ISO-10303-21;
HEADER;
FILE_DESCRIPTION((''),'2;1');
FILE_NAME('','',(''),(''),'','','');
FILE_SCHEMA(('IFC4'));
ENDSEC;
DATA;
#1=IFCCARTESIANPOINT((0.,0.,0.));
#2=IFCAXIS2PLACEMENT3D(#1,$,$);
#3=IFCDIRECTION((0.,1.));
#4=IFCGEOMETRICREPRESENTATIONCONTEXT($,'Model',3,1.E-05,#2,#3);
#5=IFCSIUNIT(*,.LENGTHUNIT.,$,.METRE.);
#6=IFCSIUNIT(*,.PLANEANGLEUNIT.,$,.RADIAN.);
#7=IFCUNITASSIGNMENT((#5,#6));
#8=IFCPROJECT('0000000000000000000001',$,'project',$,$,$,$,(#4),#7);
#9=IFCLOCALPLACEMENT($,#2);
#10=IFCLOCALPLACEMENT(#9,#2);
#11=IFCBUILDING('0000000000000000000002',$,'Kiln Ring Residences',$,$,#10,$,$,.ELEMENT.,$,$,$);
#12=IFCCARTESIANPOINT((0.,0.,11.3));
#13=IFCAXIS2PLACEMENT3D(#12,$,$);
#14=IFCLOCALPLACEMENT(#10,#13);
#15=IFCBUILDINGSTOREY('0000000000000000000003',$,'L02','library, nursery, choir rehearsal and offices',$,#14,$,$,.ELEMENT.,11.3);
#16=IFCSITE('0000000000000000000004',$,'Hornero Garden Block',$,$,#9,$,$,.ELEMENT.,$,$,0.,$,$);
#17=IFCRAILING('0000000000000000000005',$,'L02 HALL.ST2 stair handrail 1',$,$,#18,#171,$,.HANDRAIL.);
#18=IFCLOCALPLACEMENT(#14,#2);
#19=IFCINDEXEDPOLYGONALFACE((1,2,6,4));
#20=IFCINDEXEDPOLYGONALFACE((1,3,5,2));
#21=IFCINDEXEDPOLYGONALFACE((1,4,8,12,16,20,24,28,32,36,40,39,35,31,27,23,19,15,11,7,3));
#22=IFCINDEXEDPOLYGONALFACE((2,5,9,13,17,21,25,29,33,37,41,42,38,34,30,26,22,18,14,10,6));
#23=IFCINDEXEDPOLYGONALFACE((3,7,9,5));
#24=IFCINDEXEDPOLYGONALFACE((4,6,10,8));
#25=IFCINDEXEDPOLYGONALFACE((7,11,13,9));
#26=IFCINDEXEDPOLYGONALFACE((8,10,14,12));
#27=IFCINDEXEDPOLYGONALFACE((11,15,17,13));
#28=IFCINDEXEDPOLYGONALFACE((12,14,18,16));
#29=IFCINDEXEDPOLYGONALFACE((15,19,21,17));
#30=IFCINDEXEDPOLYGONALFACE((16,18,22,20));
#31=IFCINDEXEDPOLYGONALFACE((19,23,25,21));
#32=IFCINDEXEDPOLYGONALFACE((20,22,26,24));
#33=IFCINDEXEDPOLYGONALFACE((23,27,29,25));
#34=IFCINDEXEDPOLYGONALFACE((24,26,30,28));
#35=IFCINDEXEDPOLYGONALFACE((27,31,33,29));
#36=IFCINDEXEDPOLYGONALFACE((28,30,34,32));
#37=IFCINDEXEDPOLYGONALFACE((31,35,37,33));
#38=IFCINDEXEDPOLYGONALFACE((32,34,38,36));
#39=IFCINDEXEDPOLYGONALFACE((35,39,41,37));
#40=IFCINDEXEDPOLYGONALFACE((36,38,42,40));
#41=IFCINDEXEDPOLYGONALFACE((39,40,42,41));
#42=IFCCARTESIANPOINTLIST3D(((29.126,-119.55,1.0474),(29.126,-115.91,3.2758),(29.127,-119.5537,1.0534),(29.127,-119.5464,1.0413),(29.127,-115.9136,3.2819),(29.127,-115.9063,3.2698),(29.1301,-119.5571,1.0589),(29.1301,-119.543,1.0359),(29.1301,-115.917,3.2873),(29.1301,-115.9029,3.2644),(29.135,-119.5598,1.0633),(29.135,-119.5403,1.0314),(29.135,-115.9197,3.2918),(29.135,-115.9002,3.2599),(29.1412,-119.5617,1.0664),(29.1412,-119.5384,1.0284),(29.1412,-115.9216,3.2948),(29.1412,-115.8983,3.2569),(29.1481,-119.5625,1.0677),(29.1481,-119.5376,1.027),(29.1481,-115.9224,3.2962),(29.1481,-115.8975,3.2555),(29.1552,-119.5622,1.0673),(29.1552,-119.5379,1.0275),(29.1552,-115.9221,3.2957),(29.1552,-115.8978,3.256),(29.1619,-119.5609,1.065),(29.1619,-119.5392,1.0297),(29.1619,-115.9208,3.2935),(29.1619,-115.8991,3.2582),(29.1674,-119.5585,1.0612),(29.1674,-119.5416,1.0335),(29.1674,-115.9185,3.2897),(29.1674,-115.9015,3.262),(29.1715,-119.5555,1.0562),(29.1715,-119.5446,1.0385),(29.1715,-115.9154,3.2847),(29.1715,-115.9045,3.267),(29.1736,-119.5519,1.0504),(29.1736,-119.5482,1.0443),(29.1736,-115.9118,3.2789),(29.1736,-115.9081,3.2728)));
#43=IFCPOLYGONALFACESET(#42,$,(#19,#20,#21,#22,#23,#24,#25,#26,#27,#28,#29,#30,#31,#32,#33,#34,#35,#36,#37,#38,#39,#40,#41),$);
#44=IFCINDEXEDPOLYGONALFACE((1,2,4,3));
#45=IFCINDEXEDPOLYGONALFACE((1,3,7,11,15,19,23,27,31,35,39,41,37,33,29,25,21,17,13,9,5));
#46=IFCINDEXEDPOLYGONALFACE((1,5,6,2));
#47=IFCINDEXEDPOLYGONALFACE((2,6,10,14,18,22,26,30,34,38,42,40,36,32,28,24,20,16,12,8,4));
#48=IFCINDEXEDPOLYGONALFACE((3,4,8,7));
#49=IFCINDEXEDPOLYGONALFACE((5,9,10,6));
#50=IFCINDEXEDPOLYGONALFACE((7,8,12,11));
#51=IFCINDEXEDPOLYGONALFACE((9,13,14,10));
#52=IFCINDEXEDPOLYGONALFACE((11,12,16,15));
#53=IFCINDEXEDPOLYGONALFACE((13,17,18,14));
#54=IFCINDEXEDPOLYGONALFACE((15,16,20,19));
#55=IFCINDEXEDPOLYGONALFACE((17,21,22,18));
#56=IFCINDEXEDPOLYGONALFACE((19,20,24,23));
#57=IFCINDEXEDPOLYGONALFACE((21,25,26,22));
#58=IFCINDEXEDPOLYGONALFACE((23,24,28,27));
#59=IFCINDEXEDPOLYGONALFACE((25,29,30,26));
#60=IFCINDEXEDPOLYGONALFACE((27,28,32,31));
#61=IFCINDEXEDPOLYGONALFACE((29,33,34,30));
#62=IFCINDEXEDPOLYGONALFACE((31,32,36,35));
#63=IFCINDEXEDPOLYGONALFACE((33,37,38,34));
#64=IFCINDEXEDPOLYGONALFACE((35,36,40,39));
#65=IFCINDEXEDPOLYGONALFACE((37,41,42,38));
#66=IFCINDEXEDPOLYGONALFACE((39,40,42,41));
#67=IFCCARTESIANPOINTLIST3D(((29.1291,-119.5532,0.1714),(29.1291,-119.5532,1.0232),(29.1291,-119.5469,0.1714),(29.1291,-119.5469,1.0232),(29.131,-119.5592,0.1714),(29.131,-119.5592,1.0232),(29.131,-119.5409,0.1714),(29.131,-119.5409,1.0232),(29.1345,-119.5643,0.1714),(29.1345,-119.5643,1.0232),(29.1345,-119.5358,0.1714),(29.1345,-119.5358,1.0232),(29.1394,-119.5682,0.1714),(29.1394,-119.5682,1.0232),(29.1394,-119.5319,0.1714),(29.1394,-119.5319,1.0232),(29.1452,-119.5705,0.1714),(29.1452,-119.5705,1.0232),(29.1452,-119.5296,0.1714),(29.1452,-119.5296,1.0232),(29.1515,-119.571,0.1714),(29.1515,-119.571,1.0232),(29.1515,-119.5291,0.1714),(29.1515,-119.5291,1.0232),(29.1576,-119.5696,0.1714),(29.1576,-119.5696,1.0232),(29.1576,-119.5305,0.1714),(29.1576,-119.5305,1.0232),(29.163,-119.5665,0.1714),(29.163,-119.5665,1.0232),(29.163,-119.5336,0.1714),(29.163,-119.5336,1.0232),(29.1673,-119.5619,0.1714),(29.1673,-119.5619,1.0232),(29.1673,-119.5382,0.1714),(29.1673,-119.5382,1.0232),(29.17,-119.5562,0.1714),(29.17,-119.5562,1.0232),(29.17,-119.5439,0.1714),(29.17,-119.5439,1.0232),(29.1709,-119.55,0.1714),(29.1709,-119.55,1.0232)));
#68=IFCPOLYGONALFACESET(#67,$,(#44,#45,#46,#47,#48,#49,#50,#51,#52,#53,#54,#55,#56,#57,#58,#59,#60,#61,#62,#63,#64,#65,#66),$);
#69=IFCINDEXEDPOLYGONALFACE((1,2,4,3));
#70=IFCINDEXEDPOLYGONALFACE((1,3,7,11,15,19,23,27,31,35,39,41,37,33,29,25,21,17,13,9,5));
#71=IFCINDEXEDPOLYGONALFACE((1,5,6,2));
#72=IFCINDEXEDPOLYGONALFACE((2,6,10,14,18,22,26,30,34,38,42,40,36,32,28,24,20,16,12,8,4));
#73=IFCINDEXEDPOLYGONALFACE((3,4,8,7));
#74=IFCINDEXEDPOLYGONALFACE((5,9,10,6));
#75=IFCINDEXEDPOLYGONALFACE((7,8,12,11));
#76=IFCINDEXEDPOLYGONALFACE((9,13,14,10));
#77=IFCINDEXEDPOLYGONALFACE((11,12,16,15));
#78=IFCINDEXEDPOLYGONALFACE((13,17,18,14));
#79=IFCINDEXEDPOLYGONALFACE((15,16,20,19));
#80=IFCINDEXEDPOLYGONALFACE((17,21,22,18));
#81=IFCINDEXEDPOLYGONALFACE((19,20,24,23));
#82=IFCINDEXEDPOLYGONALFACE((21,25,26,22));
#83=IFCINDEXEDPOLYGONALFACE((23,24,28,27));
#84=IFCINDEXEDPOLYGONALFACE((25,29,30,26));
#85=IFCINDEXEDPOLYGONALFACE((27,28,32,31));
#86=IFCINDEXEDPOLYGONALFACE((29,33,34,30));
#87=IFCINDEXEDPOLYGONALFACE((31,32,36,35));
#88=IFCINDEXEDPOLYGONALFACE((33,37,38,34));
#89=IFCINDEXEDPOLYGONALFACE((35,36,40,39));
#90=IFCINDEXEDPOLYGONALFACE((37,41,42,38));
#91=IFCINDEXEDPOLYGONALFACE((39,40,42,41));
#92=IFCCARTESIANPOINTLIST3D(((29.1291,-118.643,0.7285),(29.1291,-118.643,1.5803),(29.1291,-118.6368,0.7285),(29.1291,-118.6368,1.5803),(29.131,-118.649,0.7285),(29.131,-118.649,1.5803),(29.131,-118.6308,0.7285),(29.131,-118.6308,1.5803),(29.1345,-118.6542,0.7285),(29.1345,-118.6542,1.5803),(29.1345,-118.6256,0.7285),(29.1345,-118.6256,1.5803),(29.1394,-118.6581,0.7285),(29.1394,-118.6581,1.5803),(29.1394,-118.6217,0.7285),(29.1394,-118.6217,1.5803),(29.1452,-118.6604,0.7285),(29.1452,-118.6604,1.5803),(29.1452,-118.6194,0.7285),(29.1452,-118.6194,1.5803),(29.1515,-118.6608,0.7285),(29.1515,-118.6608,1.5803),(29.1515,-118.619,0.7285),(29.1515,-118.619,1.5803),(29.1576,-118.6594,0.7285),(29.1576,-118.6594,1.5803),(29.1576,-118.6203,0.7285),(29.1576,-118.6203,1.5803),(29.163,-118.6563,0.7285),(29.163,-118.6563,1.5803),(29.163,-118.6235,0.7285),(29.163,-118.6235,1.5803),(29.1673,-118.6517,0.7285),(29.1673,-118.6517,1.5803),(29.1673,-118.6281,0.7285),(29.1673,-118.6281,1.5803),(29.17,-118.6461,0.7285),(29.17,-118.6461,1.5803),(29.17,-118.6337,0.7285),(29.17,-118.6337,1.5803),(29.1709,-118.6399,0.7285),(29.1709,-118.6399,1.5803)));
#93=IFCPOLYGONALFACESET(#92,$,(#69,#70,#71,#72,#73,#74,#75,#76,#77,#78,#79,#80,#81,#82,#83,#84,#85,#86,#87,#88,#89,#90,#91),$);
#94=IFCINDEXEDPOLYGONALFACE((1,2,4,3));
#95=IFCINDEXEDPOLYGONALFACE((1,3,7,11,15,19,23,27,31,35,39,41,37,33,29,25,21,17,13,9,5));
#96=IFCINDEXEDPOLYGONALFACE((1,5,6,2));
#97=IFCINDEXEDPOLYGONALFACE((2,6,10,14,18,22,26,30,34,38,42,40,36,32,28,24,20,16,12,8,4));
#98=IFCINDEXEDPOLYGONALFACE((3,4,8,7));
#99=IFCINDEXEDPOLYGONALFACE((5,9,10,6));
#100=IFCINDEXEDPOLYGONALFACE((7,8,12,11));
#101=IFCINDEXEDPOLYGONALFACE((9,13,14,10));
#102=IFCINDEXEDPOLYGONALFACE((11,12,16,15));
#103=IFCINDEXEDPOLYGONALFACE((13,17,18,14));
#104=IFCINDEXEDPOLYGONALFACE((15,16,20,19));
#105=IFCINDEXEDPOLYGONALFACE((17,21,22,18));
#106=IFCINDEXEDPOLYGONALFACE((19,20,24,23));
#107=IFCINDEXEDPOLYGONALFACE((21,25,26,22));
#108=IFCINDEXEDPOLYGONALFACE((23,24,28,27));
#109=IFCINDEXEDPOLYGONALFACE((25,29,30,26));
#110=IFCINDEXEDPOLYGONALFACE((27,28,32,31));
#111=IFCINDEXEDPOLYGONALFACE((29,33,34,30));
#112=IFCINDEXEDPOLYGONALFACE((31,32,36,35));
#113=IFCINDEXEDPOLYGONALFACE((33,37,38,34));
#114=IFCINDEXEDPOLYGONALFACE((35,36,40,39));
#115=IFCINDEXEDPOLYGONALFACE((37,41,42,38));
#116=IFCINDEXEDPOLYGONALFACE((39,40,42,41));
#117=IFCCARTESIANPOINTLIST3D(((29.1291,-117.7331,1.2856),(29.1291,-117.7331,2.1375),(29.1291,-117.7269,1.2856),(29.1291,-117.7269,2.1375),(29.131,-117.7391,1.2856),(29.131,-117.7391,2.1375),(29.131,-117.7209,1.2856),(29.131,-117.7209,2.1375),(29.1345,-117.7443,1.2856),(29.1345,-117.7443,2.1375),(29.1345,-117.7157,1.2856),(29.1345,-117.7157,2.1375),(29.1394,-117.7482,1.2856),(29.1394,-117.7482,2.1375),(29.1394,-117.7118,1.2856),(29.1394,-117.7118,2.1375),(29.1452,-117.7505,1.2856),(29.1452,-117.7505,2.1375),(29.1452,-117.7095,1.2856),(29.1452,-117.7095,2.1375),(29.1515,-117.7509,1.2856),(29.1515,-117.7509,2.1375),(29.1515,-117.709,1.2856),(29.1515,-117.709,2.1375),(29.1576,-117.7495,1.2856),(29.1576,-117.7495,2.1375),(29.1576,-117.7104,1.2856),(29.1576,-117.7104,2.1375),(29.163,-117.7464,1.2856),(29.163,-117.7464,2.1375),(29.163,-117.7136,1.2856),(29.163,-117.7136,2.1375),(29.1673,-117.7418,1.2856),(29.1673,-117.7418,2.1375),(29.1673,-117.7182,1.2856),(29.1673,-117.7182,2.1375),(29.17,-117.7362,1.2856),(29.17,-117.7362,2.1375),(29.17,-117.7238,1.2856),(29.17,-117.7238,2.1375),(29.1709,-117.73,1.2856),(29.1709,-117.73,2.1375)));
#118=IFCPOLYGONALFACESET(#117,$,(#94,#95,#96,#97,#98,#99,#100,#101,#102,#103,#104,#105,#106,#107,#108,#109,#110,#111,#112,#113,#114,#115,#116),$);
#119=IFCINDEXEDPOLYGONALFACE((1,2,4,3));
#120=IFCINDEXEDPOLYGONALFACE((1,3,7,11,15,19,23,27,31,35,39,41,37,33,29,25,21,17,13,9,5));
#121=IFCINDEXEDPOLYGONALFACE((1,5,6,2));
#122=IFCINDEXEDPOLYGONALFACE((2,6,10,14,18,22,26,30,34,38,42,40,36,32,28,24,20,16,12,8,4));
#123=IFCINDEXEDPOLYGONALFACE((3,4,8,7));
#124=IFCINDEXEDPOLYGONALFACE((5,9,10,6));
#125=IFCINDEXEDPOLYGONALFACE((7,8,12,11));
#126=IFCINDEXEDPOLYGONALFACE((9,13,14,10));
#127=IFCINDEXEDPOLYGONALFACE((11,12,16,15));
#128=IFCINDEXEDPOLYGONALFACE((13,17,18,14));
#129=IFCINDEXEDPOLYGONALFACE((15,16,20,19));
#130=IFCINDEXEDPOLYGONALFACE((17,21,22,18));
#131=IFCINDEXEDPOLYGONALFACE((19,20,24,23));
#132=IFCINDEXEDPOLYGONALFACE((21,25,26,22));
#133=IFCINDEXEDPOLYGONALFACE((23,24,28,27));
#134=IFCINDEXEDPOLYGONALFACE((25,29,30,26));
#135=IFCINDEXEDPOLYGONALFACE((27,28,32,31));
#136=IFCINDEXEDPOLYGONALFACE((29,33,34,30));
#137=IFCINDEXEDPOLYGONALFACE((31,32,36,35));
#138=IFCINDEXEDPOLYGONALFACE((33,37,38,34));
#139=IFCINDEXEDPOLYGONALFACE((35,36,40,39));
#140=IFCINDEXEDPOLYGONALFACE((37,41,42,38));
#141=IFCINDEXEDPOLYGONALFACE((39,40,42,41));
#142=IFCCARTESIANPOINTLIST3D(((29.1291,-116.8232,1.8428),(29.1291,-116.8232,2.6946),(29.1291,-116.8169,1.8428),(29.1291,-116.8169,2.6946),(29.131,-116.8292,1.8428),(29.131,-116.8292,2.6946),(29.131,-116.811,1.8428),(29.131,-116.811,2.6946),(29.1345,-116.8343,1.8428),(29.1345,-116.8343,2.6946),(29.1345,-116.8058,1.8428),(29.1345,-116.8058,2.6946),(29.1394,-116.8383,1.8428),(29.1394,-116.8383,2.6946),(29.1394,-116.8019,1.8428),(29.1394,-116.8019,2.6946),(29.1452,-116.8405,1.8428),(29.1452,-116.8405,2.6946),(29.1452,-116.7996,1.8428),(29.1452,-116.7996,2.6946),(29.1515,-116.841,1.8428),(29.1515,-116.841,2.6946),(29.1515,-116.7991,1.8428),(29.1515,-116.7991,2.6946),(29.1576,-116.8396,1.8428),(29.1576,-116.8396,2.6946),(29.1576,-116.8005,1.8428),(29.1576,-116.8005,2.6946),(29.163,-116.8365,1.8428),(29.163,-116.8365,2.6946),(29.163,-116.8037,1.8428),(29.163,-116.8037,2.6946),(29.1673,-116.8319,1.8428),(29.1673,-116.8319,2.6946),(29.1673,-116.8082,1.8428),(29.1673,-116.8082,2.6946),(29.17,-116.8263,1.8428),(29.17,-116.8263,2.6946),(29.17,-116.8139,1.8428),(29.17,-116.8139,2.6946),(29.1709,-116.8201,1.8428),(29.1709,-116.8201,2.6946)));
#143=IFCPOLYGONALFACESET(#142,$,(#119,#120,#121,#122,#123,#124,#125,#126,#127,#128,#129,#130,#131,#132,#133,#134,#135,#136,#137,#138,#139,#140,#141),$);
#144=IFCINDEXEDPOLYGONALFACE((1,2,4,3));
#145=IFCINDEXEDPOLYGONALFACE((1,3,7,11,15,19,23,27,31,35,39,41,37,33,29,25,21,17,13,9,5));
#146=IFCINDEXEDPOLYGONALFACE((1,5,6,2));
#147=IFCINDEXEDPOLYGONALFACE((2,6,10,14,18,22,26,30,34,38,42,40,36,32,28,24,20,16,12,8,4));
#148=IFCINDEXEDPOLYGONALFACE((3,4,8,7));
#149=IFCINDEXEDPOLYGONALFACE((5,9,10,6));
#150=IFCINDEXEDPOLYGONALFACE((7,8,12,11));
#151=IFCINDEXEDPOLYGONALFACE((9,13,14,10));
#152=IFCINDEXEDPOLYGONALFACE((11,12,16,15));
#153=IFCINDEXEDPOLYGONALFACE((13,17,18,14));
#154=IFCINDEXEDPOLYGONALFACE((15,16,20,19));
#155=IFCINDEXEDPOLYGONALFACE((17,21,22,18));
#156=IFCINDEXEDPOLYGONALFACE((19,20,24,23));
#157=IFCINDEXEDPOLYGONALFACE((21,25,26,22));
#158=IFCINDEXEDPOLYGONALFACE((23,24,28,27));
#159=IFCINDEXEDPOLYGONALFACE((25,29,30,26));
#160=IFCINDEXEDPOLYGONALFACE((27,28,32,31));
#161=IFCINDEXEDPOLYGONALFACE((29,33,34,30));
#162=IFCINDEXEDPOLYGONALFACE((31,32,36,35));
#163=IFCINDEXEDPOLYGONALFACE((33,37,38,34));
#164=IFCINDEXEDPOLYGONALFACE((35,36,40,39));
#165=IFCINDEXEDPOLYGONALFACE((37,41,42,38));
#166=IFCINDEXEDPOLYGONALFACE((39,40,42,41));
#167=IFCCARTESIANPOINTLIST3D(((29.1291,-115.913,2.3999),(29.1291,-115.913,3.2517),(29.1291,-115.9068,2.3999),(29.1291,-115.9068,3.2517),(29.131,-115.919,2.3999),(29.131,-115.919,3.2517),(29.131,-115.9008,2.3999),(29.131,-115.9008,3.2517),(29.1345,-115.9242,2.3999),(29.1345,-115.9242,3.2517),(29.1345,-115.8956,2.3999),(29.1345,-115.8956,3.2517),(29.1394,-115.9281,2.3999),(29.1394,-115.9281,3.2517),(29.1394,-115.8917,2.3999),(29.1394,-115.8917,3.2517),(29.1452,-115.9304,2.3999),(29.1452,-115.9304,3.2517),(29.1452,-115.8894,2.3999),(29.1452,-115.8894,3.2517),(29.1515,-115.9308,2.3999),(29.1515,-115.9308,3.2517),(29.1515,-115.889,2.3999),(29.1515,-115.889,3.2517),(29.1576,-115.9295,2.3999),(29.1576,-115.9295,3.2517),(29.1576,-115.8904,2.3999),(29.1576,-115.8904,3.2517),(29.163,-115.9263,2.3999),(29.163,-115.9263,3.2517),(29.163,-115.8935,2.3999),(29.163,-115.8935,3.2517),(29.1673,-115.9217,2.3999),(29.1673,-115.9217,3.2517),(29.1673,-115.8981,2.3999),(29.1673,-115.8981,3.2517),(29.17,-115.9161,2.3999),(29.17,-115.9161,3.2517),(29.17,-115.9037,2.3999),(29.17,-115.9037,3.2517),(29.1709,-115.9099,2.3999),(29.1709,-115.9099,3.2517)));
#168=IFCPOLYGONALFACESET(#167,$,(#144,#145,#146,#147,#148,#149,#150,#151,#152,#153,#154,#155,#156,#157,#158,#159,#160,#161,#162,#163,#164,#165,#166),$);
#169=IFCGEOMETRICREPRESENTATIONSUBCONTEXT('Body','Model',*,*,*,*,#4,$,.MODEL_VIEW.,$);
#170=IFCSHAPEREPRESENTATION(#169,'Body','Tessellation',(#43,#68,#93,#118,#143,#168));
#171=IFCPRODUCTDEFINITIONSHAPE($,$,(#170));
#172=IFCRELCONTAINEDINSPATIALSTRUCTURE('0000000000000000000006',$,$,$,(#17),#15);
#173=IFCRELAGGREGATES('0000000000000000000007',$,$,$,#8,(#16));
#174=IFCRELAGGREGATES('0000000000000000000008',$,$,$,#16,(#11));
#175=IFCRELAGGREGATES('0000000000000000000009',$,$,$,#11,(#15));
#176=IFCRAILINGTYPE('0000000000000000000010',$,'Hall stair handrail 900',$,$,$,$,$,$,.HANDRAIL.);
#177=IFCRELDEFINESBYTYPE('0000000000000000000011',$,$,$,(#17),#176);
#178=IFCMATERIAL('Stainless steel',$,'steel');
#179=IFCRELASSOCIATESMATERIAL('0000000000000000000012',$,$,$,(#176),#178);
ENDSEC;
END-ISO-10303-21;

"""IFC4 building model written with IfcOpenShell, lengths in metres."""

from ifc_helpers import new_model, si_unit, direction, frame, origin, origin_2d, place, context, subcontext, project, spatial, circle, extrude, material, type_object, element, save


model = new_model("IFC4")

# Units and contexts
model_context = context("Model", 3, precision=1e-05, world=origin(), true_north=direction((0.0, 1.0)))
body_context = subcontext(model_context, "Body", "Model", "MODEL_VIEW")
ifc_project = project(units=[si_unit("LENGTHUNIT", "METRE"), si_unit("PLANEANGLEUNIT", "RADIAN")], contexts=[model_context])

# Site, building, storey
site_placement = place(None, origin())
site = spatial("IfcSite", under=ifc_project, at=site_placement, Name="Hornero Garden Block", CompositionType="ELEMENT", RefElevation=0.0)
building_placement = place(site_placement, origin())
building = spatial("IfcBuilding", under=site, at=building_placement, Name="Kiln Ring Residences", CompositionType="ELEMENT")
storey_placement = place(building_placement, frame((0.0, 0.0, 11.3)))
storey = spatial("IfcBuildingStorey", under=building, at=storey_placement, Name="L02", Description="library, nursery, choir rehearsal and offices", CompositionType="ELEMENT", Elevation=11.3)

# Railing
ifc_material_1 = material(Name="Stainless steel", Category="steel")
railing_type_1 = type_object("IfcRailingType", Name="Hall stair handrail 900", PredefinedType="HANDRAIL", material=ifc_material_1)
railing_1_placement = place(storey_placement, frame((29.1499, -119.55, 0.1714)))
element("IfcRailing", 1, at=railing_1_placement, inside=storey, type_object=railing_type_1, Name="L02 HALL.ST2 stair handrail 1", PredefinedType="HANDRAIL", context=body_context, shape_type="SweptSolid", body=[
    extrude(circle(Radius=0.0239, at=origin_2d()), frame((0.0, 0.0, 0.876), z_axis=(0.0, 0.852866, 0.52213), x_axis=(-1.0, 0.0, 0.0)), (0.0, 0.0, 1.0), 4.2681),
    extrude(circle(Radius=0.021, at=origin_2d()), origin(), (0.0, 0.0, 1.0), 0.8518),
    extrude(circle(Radius=0.021, at=origin_2d()), frame((0.0, 0.9102, 0.5571)), (0.0, 0.0, 1.0), 0.8518),
    extrude(circle(Radius=0.021, at=origin_2d()), frame((0.0, 1.8201, 1.1143)), (0.0, 0.0, 1.0), 0.8518),
    extrude(circle(Radius=0.021, at=origin_2d()), frame((0.0, 2.73, 1.6714)), (0.0, 0.0, 1.0), 0.8518),
    extrude(circle(Radius=0.021, at=origin_2d()), frame((0.0, 3.6401, 2.2285)), (0.0, 0.0, 1.0), 0.8518),
])

save(model, "model.ifc")
